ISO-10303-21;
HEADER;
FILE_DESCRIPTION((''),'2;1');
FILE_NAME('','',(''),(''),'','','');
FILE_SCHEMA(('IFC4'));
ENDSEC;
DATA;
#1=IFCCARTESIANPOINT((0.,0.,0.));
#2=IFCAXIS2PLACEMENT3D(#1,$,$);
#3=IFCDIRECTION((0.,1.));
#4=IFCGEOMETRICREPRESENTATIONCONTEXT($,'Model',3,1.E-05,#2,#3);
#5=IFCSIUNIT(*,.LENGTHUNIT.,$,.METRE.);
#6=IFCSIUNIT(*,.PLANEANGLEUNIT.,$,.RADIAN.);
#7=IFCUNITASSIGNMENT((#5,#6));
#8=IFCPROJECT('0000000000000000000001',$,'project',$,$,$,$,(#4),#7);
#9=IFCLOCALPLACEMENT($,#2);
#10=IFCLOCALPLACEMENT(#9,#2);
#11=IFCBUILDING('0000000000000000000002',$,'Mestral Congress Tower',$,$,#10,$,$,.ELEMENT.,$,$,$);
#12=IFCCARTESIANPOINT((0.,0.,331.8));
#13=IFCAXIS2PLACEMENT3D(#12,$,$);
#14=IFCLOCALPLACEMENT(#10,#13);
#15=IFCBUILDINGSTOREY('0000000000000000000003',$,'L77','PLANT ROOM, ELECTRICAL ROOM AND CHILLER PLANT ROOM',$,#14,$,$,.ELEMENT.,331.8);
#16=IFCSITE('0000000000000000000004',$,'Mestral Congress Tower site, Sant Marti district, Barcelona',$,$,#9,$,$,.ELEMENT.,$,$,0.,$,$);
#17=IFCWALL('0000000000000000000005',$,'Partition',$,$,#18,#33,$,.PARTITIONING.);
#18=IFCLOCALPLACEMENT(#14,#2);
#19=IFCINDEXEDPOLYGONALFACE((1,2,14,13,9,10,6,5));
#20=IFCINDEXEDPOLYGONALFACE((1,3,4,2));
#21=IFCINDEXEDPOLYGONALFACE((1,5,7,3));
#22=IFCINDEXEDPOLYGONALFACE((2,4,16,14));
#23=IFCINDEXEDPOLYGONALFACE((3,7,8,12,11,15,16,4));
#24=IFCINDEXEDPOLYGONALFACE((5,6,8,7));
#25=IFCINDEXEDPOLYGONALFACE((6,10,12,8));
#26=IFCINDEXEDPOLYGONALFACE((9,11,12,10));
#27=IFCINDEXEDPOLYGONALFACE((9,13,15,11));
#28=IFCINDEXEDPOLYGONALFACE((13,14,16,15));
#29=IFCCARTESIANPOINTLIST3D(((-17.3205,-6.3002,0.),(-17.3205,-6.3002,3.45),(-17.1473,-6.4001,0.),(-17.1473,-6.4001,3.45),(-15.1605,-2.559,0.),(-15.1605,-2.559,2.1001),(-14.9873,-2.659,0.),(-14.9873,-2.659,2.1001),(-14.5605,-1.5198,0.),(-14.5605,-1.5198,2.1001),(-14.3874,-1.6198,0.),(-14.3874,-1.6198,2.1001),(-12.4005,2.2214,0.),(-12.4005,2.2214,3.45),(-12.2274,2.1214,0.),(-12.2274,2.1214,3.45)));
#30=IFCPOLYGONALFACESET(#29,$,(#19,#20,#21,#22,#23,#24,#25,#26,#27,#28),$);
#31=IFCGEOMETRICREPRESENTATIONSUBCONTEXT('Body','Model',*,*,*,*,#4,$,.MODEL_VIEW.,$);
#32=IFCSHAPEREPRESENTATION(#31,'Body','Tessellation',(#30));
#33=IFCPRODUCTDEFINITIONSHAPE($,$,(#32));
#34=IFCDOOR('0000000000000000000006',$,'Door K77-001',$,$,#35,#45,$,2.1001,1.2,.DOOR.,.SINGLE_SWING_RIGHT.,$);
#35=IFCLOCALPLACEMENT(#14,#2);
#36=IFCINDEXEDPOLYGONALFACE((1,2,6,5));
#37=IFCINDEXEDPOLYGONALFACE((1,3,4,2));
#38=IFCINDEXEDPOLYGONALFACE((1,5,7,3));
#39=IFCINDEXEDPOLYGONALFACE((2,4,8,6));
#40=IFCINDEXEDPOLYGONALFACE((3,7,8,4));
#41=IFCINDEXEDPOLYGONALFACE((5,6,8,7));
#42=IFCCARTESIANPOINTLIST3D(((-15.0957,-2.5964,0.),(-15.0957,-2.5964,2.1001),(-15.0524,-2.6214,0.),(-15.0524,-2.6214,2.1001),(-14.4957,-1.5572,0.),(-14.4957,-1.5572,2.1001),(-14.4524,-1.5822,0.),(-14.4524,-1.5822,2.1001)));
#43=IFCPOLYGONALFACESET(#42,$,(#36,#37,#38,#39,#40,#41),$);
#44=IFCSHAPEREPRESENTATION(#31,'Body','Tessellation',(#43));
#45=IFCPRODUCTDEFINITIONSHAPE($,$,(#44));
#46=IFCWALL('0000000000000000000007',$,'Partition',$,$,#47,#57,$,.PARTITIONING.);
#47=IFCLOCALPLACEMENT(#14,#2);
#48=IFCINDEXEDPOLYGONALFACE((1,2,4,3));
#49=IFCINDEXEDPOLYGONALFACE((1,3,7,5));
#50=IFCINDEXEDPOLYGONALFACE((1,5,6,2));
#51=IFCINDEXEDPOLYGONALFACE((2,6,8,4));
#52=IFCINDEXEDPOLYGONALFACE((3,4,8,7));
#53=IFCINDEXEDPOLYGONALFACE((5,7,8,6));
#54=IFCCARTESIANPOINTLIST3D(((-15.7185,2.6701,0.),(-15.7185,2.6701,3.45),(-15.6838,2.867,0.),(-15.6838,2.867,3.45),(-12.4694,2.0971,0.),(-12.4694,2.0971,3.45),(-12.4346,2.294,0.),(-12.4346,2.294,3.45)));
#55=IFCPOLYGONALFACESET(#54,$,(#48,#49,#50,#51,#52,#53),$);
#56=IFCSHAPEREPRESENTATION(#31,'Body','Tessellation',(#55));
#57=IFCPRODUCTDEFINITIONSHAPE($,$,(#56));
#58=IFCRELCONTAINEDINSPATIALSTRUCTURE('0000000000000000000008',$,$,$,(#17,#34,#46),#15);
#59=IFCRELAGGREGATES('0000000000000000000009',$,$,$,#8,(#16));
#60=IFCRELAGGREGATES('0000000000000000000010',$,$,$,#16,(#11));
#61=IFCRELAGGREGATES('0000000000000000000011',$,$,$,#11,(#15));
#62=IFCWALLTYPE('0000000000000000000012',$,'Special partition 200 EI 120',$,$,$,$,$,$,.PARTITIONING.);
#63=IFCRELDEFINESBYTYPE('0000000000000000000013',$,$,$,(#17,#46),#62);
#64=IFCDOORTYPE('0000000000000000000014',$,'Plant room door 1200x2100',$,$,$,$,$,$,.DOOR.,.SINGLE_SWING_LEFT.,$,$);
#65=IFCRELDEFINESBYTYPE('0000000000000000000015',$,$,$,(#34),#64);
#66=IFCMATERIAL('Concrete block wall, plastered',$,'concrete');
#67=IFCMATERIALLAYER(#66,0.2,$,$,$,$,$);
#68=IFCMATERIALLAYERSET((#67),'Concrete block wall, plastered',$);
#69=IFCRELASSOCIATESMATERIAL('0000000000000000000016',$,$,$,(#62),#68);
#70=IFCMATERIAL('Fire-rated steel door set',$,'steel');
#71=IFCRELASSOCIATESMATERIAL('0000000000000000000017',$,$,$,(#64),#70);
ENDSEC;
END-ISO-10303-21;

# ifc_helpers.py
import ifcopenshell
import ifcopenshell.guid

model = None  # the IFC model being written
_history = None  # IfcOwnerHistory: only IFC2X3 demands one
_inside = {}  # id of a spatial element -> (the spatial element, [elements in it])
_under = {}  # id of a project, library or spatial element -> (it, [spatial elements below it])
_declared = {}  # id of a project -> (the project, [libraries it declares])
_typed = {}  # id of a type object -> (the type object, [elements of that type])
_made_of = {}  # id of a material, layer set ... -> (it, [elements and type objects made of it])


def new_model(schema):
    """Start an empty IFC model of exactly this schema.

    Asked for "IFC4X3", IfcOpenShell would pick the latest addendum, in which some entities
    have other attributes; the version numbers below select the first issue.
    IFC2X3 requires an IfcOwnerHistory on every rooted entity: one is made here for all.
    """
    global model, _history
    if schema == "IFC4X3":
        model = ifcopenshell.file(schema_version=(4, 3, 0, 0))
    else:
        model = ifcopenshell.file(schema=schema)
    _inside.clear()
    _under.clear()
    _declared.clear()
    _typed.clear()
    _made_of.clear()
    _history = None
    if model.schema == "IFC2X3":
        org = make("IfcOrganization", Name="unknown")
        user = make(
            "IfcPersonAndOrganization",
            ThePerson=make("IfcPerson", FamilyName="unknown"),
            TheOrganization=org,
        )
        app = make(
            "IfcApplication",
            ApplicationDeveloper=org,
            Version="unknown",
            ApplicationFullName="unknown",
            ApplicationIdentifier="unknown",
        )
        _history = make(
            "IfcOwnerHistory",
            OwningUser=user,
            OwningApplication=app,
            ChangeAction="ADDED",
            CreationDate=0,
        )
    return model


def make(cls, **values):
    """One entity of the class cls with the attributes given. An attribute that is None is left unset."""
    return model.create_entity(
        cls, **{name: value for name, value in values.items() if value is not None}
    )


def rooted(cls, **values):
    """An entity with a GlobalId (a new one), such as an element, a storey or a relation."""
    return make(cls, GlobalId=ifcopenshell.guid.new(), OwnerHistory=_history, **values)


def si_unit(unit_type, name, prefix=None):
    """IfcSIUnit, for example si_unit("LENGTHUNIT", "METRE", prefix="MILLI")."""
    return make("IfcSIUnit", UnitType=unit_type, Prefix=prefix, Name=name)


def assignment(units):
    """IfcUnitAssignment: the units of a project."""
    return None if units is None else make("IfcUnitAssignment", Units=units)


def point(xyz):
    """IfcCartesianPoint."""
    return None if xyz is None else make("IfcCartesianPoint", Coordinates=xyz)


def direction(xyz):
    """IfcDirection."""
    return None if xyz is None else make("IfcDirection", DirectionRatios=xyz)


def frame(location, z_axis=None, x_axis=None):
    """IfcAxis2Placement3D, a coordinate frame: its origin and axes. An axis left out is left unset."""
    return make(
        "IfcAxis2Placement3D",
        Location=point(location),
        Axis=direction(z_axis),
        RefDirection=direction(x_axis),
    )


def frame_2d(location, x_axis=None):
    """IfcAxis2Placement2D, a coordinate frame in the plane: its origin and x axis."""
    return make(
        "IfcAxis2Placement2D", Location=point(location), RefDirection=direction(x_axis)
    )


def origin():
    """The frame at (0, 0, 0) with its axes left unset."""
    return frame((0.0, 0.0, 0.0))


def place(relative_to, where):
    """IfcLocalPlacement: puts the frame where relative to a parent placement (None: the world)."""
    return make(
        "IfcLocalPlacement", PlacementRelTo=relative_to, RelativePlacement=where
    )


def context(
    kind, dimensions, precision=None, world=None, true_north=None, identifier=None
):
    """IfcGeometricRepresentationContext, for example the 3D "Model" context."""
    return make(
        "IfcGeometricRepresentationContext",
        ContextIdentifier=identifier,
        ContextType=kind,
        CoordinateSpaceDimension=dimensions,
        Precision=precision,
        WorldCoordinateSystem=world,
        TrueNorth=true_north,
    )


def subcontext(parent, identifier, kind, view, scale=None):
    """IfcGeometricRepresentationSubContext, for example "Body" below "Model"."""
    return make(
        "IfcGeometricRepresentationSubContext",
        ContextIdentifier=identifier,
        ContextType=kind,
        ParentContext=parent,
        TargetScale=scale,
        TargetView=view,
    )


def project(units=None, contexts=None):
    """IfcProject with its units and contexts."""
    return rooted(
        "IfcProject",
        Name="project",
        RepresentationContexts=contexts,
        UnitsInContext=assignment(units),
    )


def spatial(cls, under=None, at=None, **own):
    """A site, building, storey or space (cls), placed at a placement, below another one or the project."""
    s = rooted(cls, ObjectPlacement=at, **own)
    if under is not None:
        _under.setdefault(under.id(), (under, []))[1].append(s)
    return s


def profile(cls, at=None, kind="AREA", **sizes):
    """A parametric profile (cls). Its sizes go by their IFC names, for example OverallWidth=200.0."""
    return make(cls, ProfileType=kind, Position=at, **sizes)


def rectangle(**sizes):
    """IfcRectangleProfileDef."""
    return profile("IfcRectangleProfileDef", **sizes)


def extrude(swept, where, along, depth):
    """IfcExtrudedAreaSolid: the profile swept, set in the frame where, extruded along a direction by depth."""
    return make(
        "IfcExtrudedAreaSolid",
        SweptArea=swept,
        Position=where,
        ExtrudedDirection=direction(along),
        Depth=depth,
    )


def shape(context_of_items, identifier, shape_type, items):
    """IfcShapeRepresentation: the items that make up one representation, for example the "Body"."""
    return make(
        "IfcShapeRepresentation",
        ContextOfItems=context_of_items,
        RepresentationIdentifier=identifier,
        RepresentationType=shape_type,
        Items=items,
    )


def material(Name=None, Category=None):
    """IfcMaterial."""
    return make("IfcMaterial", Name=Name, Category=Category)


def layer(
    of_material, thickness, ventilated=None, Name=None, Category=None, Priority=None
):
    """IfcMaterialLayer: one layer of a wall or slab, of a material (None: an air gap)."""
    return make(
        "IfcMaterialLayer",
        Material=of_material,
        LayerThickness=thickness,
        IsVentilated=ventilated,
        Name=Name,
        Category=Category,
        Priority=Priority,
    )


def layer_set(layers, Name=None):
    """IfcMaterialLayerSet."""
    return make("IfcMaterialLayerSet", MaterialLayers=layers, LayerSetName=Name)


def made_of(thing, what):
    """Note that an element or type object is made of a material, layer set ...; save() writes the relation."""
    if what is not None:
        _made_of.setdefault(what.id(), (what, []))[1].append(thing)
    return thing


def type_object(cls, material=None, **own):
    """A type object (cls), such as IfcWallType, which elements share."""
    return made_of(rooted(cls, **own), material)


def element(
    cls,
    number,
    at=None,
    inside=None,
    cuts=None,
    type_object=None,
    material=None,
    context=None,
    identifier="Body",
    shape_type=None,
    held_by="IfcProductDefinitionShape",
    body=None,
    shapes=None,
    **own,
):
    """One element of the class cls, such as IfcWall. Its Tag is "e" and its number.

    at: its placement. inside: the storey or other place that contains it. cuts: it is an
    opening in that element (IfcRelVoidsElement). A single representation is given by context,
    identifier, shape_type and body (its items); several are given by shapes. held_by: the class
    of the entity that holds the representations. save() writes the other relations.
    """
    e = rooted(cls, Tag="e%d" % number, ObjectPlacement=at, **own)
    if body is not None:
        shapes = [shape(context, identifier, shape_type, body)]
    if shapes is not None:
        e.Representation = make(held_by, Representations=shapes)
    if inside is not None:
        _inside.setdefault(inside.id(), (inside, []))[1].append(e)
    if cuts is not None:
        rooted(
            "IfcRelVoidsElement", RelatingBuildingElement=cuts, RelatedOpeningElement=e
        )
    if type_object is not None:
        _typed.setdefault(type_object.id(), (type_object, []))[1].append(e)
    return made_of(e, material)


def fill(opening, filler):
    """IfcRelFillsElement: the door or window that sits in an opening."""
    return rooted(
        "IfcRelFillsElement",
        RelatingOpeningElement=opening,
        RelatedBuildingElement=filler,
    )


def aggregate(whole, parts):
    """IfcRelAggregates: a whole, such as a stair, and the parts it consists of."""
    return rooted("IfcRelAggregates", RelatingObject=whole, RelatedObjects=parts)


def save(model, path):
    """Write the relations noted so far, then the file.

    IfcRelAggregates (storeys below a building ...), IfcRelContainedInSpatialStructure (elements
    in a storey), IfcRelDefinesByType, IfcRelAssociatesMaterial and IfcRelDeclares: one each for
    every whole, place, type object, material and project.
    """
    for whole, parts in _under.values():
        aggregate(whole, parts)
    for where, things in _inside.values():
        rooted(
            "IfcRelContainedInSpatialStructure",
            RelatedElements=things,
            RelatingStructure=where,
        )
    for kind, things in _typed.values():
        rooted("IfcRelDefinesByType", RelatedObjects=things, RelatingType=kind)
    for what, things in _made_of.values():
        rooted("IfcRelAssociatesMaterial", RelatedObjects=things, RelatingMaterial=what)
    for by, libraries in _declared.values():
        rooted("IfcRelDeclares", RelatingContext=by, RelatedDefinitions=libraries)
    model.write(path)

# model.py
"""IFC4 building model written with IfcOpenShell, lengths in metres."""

from ifc_helpers import new_model, si_unit, direction, frame, frame_2d, origin, place, context, subcontext, project, spatial, rectangle, extrude, material, layer, layer_set, type_object, element, fill, save


model = new_model("IFC4")

# Units and contexts
model_context = context("Model", 3, precision=1e-05, world=origin(), true_north=direction((0.0, 1.0)))
body_context = subcontext(model_context, "Body", "Model", "MODEL_VIEW")
ifc_project = project(units=[si_unit("LENGTHUNIT", "METRE"), si_unit("PLANEANGLEUNIT", "RADIAN")], contexts=[model_context])

# Site, building, storey
site_placement = place(None, origin())
site = spatial("IfcSite", under=ifc_project, at=site_placement, Name="Mestral Congress Tower site, Sant Marti district, Barcelona", CompositionType="ELEMENT", RefElevation=0.0)
building_placement = place(site_placement, origin())
building = spatial("IfcBuilding", under=site, at=building_placement, Name="Mestral Congress Tower", CompositionType="ELEMENT")
storey_placement = place(building_placement, frame((0.0, 0.0, 331.8)))
storey = spatial("IfcBuildingStorey", under=building, at=storey_placement, Name="L77", Description="PLANT ROOM, ELECTRICAL ROOM AND CHILLER PLANT ROOM", CompositionType="ELEMENT", Elevation=331.8)

# Wall, opening, door
ifc_material_1 = material(Name="Concrete block wall, plastered", Category="concrete")
ifc_layer_1 = layer(ifc_material_1, 0.2)
ifc_layer_set_1 = layer_set([ifc_layer_1], Name="Concrete block wall, plastered")
wall_type_1 = type_object("IfcWallType", Name="Special partition 200 EI 120", PredefinedType="PARTITIONING", material=ifc_layer_set_1)
wall_1_placement = place(storey_placement, frame((-12.314, 2.1714, 0.0), z_axis=(0.0, 0.0, 1.0), x_axis=(-0.500003, -0.866024, 0.0)))
wall_1 = element("IfcWall", 1, at=wall_1_placement, inside=storey, type_object=wall_type_1, Name="Partition", PredefinedType="PARTITIONING", context=body_context, shape_type="SweptSolid", body=[
    extrude(rectangle(XDim=9.8398, YDim=0.2, at=frame_2d((4.9199, 0.0))), origin(), (0.0, 0.0, 1.0), 3.45),
])
opening_placement = place(wall_1_placement, frame((4.3198, 0.0, 0.0)))
opening = element("IfcOpeningElement", 2, at=opening_placement, cuts=wall_1, PredefinedType="OPENING", context=body_context, shape_type="SweptSolid", body=[
    extrude(rectangle(XDim=1.2, YDim=2.1001, at=frame_2d((0.6001, 1.05))), frame((0.0, 0.1099, 0.0), z_axis=(0.0, -1.0, 0.0), x_axis=(1.0, 0.0, 0.0)), (0.0, 0.0, 1.0), 0.22),
])
ifc_material_2 = material(Name="Fire-rated steel door set", Category="steel")
door_type = type_object("IfcDoorType", Name="Plant room door 1200x2100", OperationType="SINGLE_SWING_LEFT", PredefinedType="DOOR", material=ifc_material_2)
door_placement = place(opening_placement, origin())
door = element("IfcDoor", 3, at=door_placement, inside=storey, type_object=door_type, Name="Door K77-001", OperationType="SINGLE_SWING_RIGHT", OverallHeight=2.1001, OverallWidth=1.2, PredefinedType="DOOR", context=body_context, shape_type="SweptSolid", body=[
    extrude(rectangle(XDim=1.2, YDim=2.1001, at=frame_2d((0.6001, 1.05))), frame((0.0, 0.0249, 0.0), z_axis=(0.0, -1.0, 0.0), x_axis=(1.0, 0.0, 0.0)), (0.0, 0.0, 1.0), 0.05),
])
fill(opening, door)

# Wall
wall_2_placement = place(storey_placement, frame((-15.7012, 2.7686, 0.0), z_axis=(0.0, 0.0, 1.0), x_axis=(0.984804, -0.173667, 0.0)))
element("IfcWall", 4, at=wall_2_placement, inside=storey, type_object=wall_type_1, Name="Partition", PredefinedType="PARTITIONING", context=body_context, shape_type="SweptSolid", body=[
    extrude(rectangle(XDim=3.2993, YDim=0.2, at=frame_2d((1.6497, 0.0))), origin(), (0.0, 0.0, 1.0), 3.45),
])

save(model, "model.ifc")
